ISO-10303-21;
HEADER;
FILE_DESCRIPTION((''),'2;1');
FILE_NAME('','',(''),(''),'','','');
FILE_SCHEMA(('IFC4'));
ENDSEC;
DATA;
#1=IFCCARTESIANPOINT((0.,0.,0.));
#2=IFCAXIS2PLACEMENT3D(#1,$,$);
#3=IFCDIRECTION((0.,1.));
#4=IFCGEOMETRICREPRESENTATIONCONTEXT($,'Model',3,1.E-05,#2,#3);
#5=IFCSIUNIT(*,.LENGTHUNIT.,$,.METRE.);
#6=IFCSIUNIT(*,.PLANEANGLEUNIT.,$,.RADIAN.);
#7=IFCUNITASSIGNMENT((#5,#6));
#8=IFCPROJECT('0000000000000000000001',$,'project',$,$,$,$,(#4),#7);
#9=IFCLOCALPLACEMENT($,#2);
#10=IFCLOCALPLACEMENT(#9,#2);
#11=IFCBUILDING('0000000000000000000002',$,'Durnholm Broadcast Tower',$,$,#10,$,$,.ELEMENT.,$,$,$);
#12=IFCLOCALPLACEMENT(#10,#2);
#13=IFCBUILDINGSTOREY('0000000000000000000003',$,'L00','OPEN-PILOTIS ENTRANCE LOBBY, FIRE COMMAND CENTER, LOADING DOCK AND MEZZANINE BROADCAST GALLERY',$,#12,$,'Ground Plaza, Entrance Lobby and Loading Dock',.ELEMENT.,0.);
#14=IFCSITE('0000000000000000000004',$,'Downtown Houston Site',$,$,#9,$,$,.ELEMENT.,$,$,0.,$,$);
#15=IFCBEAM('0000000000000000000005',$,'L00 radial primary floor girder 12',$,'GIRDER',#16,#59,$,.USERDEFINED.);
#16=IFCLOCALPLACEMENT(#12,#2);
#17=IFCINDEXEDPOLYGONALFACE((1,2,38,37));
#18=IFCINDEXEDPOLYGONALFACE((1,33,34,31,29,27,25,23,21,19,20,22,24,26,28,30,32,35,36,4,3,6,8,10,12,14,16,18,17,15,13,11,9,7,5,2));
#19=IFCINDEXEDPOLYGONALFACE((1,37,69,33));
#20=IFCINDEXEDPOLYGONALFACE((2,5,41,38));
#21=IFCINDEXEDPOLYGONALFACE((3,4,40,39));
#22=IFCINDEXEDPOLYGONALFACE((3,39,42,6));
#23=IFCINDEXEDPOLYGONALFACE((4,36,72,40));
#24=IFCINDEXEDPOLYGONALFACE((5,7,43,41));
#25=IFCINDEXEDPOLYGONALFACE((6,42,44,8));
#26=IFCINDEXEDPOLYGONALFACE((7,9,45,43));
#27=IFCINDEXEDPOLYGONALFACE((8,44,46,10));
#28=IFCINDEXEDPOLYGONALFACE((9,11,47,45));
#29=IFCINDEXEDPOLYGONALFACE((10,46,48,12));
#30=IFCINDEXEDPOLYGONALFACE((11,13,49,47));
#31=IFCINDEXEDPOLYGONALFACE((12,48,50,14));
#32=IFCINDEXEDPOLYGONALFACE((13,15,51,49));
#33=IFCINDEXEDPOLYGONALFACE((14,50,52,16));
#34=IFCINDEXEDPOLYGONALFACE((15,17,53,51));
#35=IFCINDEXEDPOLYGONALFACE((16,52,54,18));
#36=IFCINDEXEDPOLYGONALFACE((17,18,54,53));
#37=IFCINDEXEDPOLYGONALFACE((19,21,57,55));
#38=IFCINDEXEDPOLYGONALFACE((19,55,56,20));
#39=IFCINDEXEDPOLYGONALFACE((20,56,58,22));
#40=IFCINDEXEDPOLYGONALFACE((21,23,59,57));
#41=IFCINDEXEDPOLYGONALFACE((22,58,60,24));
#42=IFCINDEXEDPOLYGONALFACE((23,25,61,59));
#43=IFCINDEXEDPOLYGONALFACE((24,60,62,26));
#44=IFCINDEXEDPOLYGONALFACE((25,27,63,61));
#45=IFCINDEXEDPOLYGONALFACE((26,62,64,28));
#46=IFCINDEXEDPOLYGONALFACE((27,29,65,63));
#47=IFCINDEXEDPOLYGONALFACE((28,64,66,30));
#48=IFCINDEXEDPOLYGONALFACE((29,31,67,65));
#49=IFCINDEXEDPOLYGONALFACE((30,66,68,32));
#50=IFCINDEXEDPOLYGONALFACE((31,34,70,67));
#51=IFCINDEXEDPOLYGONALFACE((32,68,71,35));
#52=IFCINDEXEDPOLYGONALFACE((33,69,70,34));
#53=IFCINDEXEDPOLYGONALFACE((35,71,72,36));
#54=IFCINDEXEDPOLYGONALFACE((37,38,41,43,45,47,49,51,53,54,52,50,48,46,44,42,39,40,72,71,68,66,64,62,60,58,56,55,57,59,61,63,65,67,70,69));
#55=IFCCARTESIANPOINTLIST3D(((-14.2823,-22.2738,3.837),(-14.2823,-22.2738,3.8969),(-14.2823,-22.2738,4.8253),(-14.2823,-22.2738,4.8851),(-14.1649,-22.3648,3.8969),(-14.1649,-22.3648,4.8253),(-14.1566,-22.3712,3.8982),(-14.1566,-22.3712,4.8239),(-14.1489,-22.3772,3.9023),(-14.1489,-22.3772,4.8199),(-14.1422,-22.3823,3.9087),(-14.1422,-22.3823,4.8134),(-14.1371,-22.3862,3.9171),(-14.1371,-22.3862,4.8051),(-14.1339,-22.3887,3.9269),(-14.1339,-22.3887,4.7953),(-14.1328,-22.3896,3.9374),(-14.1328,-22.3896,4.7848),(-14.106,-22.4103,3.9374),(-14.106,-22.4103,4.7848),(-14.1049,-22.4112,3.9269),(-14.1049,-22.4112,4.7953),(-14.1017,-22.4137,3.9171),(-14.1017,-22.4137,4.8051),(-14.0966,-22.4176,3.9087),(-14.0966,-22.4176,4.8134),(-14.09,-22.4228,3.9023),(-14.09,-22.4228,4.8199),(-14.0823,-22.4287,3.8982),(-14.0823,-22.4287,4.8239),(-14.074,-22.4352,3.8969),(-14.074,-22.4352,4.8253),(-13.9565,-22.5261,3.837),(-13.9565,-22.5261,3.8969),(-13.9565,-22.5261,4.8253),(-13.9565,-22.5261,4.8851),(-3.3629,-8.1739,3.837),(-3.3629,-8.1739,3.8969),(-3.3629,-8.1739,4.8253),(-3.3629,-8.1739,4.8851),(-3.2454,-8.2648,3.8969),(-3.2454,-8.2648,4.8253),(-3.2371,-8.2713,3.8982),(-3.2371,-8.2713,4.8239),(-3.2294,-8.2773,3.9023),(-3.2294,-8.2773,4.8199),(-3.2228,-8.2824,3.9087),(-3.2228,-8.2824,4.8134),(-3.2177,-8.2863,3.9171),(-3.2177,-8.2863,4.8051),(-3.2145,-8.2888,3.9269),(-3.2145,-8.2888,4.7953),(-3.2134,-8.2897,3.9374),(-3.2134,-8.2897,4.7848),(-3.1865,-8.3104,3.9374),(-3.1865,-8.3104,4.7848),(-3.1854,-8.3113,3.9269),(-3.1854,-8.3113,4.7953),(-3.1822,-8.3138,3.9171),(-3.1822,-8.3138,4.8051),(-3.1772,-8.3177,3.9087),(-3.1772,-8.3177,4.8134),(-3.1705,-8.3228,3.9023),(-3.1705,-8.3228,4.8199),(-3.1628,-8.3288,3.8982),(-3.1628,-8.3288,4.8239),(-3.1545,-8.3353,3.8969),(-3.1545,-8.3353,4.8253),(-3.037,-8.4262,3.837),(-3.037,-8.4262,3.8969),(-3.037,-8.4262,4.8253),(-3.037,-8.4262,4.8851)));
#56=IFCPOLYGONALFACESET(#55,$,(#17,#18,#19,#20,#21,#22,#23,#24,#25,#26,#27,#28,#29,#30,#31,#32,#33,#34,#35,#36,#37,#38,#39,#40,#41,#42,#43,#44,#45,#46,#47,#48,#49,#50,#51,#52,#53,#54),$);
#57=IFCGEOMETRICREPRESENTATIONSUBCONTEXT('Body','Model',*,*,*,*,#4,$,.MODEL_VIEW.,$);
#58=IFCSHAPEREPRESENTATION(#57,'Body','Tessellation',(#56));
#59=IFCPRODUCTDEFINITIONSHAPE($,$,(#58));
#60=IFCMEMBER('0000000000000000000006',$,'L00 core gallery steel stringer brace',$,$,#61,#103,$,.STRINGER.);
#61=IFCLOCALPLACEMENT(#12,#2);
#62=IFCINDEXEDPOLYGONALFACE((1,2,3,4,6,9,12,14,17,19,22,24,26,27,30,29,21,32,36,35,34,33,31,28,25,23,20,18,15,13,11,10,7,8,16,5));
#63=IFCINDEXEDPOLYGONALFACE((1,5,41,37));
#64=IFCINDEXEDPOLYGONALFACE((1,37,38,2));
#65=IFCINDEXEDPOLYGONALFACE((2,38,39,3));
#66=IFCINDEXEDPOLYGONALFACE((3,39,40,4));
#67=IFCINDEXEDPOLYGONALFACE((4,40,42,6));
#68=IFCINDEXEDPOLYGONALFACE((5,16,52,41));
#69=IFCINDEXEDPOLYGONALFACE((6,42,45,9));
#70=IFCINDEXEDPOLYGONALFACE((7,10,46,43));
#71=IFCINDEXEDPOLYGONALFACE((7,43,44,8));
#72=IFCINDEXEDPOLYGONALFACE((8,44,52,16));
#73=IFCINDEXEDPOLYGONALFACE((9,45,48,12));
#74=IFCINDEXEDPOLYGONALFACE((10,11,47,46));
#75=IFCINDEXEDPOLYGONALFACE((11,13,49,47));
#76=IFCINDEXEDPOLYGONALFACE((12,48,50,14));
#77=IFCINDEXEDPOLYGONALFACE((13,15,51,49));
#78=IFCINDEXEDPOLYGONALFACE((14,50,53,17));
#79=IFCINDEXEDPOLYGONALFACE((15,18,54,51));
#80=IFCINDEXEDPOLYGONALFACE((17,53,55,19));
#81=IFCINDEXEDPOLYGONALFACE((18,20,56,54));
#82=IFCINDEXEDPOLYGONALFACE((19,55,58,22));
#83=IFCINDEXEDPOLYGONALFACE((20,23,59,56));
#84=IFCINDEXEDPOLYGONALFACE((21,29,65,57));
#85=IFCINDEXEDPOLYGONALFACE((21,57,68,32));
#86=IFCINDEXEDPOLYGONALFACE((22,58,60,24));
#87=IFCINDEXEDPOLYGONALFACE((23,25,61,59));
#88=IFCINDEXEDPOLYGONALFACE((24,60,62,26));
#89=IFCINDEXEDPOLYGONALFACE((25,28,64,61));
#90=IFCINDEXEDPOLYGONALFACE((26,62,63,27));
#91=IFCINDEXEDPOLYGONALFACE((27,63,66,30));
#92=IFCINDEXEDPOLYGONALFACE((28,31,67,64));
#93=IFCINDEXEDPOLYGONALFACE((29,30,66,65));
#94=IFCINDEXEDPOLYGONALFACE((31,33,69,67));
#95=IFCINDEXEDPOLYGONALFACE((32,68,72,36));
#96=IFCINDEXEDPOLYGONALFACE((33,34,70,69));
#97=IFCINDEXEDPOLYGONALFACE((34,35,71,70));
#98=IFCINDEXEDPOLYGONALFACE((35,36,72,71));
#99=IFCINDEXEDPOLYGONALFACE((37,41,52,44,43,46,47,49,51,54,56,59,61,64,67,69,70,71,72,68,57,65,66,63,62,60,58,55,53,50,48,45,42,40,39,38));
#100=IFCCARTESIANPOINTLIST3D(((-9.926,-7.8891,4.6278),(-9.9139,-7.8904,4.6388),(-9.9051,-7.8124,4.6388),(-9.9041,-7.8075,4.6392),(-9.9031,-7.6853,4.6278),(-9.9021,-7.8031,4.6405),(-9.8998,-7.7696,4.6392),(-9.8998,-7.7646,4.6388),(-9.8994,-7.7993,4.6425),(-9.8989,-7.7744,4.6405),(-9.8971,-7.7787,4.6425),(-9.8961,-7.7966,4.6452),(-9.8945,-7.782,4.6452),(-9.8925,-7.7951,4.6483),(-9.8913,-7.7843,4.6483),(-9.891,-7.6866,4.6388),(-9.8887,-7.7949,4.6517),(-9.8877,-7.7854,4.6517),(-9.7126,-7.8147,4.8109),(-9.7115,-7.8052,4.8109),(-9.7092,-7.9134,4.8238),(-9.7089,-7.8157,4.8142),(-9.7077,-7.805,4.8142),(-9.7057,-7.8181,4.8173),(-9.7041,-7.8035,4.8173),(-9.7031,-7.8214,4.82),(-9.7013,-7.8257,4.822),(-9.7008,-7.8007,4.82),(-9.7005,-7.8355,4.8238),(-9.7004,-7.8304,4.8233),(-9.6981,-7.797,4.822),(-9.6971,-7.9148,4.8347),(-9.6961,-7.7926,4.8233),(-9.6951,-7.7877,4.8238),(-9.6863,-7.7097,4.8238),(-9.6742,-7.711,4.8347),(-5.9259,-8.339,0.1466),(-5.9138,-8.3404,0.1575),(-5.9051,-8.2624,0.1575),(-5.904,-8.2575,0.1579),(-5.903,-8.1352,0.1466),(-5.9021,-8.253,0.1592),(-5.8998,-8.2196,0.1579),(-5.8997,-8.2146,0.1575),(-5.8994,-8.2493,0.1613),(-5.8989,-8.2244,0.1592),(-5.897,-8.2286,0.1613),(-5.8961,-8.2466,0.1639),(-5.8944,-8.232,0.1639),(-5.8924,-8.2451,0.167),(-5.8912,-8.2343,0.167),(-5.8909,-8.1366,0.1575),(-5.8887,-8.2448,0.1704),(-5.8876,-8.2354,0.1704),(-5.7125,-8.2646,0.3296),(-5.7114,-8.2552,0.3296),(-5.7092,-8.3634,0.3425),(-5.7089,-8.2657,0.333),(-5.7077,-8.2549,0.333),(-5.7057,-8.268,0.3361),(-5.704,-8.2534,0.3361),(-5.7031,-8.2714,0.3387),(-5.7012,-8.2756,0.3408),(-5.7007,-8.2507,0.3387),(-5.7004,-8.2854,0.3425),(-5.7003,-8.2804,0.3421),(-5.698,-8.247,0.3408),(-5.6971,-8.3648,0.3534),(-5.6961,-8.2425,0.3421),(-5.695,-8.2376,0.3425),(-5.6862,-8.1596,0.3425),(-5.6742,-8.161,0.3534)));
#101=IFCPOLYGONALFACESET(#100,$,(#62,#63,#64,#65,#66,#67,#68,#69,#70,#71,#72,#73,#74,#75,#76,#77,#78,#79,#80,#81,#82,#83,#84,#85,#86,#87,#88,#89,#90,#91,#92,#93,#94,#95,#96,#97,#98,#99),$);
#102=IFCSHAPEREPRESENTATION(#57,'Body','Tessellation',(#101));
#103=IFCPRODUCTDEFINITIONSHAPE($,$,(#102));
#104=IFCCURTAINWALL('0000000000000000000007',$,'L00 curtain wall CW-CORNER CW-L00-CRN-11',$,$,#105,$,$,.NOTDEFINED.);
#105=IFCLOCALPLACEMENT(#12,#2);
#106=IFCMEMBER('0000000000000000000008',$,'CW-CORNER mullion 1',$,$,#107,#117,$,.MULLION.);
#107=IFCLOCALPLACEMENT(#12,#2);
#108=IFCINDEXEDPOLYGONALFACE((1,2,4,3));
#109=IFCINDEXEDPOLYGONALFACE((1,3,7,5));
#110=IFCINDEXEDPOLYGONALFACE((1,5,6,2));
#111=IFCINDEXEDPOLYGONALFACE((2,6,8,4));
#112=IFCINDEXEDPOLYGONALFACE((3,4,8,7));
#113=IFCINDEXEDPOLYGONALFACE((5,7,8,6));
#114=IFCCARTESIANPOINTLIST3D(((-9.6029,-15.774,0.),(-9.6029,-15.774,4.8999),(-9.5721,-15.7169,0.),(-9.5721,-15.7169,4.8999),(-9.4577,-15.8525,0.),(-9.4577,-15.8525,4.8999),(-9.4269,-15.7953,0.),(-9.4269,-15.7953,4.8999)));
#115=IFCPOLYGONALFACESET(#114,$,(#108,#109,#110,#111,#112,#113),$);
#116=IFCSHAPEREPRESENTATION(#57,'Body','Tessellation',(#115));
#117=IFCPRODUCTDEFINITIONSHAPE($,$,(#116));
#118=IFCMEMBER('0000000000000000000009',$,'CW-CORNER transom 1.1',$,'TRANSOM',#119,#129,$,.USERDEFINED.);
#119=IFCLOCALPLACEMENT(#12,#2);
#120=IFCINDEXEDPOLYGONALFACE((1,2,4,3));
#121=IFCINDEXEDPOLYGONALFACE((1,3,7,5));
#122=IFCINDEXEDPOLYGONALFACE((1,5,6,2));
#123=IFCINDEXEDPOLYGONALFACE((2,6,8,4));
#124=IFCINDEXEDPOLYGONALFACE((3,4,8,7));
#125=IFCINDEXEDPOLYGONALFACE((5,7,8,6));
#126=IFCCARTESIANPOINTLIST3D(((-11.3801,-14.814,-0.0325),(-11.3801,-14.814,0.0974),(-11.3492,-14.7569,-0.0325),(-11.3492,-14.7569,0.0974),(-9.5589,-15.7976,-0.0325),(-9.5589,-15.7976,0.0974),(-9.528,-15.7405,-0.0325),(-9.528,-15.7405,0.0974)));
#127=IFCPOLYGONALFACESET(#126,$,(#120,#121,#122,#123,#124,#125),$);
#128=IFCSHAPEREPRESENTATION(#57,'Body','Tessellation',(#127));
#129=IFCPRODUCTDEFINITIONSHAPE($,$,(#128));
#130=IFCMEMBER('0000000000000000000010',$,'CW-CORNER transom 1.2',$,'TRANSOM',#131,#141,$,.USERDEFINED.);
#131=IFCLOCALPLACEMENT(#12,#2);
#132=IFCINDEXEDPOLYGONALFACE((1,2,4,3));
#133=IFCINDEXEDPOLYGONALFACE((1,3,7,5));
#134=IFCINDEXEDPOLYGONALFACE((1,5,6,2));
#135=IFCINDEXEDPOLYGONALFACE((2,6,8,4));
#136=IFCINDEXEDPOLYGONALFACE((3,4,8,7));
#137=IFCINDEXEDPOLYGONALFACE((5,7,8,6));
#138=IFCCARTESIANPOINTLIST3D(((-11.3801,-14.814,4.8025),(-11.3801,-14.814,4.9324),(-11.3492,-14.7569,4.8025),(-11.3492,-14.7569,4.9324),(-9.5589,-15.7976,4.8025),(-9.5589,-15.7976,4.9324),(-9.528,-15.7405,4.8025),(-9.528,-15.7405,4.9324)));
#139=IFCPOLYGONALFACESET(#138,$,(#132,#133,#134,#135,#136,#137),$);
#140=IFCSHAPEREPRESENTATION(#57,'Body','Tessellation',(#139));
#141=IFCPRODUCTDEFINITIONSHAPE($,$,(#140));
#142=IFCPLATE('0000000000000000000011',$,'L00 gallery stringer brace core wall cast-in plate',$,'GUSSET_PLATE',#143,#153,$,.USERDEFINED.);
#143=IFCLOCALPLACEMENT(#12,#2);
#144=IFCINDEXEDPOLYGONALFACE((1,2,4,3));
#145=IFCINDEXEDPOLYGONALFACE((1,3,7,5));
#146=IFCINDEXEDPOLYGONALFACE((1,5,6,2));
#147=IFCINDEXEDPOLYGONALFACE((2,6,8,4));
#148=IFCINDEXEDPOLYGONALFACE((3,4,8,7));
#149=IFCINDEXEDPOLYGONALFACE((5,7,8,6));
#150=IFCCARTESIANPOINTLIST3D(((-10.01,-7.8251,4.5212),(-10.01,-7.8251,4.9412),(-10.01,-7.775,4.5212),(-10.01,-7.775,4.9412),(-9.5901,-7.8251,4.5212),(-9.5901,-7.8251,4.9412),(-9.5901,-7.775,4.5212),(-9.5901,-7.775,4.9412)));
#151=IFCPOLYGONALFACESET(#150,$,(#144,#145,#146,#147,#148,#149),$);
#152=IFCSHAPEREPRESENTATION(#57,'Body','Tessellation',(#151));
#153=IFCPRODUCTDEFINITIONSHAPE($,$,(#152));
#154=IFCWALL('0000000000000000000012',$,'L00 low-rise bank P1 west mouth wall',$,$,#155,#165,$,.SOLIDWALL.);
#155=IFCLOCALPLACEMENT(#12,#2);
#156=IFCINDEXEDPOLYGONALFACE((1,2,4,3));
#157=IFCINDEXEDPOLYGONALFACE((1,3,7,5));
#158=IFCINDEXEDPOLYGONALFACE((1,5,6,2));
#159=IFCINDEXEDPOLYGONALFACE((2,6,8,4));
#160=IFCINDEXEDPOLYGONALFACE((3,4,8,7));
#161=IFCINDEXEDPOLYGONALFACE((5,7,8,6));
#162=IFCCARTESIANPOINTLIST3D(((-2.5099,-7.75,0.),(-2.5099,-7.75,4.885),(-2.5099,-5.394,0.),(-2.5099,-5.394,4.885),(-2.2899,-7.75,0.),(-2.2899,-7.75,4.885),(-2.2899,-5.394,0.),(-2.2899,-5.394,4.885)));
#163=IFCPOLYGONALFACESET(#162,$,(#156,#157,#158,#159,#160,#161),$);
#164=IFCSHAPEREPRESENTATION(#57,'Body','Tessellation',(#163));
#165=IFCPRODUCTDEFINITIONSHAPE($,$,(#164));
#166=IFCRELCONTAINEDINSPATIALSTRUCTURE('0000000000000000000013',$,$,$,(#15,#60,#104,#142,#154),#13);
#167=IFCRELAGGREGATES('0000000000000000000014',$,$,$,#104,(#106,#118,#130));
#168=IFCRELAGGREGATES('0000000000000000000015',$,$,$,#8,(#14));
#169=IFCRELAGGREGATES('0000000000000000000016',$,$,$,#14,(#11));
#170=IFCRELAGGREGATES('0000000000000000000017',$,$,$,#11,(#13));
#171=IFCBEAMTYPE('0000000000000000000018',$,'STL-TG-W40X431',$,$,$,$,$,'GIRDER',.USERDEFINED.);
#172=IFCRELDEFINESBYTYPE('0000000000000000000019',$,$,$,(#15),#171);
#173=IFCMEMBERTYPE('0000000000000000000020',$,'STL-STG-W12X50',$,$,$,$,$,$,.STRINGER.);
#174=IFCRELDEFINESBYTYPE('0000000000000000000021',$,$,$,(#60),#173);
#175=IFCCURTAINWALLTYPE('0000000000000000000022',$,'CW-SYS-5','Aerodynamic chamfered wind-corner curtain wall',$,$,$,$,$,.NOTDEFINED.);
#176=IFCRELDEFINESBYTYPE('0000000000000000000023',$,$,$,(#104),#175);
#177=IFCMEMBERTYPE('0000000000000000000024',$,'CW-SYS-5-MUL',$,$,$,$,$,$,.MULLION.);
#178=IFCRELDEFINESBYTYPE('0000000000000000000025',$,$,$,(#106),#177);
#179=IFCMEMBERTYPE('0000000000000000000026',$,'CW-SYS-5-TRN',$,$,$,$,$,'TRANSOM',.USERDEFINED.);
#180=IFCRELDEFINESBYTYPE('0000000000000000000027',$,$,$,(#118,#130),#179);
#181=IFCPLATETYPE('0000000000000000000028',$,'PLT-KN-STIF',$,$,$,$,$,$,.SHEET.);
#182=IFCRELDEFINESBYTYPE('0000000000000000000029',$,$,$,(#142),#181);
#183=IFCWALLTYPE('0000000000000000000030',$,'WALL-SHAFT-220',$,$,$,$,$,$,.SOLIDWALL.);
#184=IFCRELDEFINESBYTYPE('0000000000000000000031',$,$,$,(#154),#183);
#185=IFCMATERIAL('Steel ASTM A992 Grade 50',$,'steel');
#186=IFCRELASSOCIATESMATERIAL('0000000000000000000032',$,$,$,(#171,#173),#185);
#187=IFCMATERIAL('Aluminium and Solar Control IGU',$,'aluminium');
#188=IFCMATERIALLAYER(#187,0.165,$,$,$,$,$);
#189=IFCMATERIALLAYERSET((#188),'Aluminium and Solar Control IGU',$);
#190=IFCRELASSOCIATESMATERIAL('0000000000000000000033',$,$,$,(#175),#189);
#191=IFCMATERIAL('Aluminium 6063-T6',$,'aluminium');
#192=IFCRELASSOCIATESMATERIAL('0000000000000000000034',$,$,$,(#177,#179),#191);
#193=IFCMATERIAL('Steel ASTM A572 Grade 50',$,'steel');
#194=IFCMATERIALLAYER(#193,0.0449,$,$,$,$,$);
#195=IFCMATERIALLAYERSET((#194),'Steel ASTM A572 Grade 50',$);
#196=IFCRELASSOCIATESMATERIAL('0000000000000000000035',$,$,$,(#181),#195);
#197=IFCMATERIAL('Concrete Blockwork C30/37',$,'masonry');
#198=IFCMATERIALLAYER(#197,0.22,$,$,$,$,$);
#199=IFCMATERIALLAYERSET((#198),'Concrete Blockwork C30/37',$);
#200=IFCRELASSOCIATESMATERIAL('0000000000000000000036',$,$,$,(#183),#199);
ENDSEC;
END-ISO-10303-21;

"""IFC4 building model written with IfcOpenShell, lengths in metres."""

from ifc_helpers import new_model, si_unit, direction, frame, frame_2d, origin, origin_2d, place, context, subcontext, project, spatial, rectangle, i_section, extrude, source, transform, mapped, material, layer, layer_set, material_profile, profile_set, type_object, type_shapes, element, aggregate, save


model = new_model("IFC4")

# Units and contexts
model_context = context("Model", 3, precision=1e-05, world=origin(), true_north=direction((0.0, 1.0)))
body_context = subcontext(model_context, "Body", "Model", "MODEL_VIEW")
ifc_project = project(units=[si_unit("LENGTHUNIT", "METRE"), si_unit("PLANEANGLEUNIT", "RADIAN")], contexts=[model_context])

# Site, building, storey
site_placement = place(None, origin())
site = spatial("IfcSite", under=ifc_project, at=site_placement, Name="Downtown Houston Site", CompositionType="ELEMENT", RefElevation=0.0)
building_placement = place(site_placement, origin())
building = spatial("IfcBuilding", under=site, at=building_placement, Name="Durnholm Broadcast Tower", CompositionType="ELEMENT")
storey_placement = place(building_placement, origin())
storey = spatial("IfcBuildingStorey", under=building, at=storey_placement, Name="L00", Description="OPEN-PILOTIS ENTRANCE LOBBY, FIRE COMMAND CENTER, LOADING DOCK AND MEZZANINE BROADCAST GALLERY", LongName="Ground Plaza, Entrance Lobby and Loading Dock", CompositionType="ELEMENT", Elevation=0.0)

# Shared definitions
ifc_material_1 = material(Name="Steel ASTM A992 Grade 50", Category="steel")

# Beam
ifc_material_profile_1 = material_profile(ifc_material_1, i_section(OverallWidth=0.4121, OverallDepth=1.0481, WebThickness=0.0339, FlangeThickness=0.0598, FilletRadius=0.0405, at=origin_2d()), Name="W40X431")
ifc_profile_set_1 = profile_set([ifc_material_profile_1], Name="Steel ASTM A992 Grade 50")
beam_type_1 = type_object("IfcBeamType", Name="STL-TG-W40X431", ElementType="GIRDER", PredefinedType="USERDEFINED", material=ifc_profile_set_1)
shared_shape_1 = source(origin(), body_context, "Body", "SweptSolid", [
    extrude(i_section(OverallWidth=0.4121, OverallDepth=1.0481, WebThickness=0.0339, FlangeThickness=0.0598, FilletRadius=0.0405, at=origin_2d()), origin(), (0.0, 0.0, 1.0), 17.8337),
])
type_shapes(beam_type_1, [shared_shape_1])
beam_1_placement = place(storey_placement, frame((-3.2, -8.3, 4.3611), z_axis=(-0.612293, -0.790631, 0.0), x_axis=(0.790631, -0.612293, 0.0)))
element("IfcBeam", 1, at=beam_1_placement, inside=storey, type_object=beam_type_1, Name="L00 radial primary floor girder 12", ObjectType="GIRDER", PredefinedType="USERDEFINED", context=body_context, shape_type="MappedRepresentation", body=[
    mapped(shared_shape_1, transform((0.0, 0.0, 0.0), x_axis=(1.0, 0.0, 0.0), y_axis=(0.0, 1.0, 0.0), z_axis=(0.0, 0.0, 1.0), scale=1.0)),
])

# Member
ifc_material_profile_2 = material_profile(ifc_material_1, i_section(OverallWidth=0.2051, OverallDepth=0.3096, WebThickness=0.0095, FlangeThickness=0.0164, FilletRadius=0.0193, at=origin_2d()), Name="W12X50")
ifc_profile_set_2 = profile_set([ifc_material_profile_2], Name="Steel ASTM A992 Grade 50")
member_type_1 = type_object("IfcMemberType", Name="STL-STG-W12X50", PredefinedType="STRINGER", material=ifc_profile_set_2)
shared_shape_2 = source(origin(), body_context, "Body", "SweptSolid", [
    extrude(i_section(OverallWidth=0.2051, OverallDepth=0.3096, WebThickness=0.0095, FlangeThickness=0.0164, FilletRadius=0.0193, at=origin_2d()), origin(), (0.0, 0.0, 1.0), 6.0237),
])
type_shapes(member_type_1, [shared_shape_2])
member_1_placement = place(storey_placement, frame((-5.8, -8.25, 0.25), z_axis=(-0.664056, 0.074698, 0.743942), x_axis=(-0.111783, -0.993733, 0.0)))
element("IfcMember", 2, at=member_1_placement, inside=storey, type_object=member_type_1, Name="L00 core gallery steel stringer brace", PredefinedType="STRINGER", context=body_context, shape_type="MappedRepresentation", body=[
    mapped(shared_shape_2, transform((0.0, 0.0, 0.0), x_axis=(1.0, 0.0, 0.0), y_axis=(0.0, 1.0, 0.0), z_axis=(0.0, 0.0, 1.0), scale=1.0)),
])

# Curtain wall, members
ifc_material_2 = material(Name="Aluminium and Solar Control IGU", Category="aluminium")
ifc_layer_1 = layer(ifc_material_2, 0.165)
ifc_layer_set_1 = layer_set([ifc_layer_1], Name="Aluminium and Solar Control IGU")
curtain_wall_type = type_object("IfcCurtainWallType", Name="CW-SYS-5", Description="Aerodynamic chamfered wind-corner curtain wall", PredefinedType="NOTDEFINED", material=ifc_layer_set_1)
curtain_wall_placement = place(storey_placement, origin())
curtain_wall = element("IfcCurtainWall", 3, at=curtain_wall_placement, inside=storey, type_object=curtain_wall_type, Name="L00 curtain wall CW-CORNER CW-L00-CRN-11", PredefinedType="NOTDEFINED")
ifc_material_3 = material(Name="Aluminium 6063-T6", Category="aluminium")
ifc_material_profile_3 = material_profile(ifc_material_3, rectangle(XDim=0.0649, YDim=0.165, at=origin_2d()), Name="CWM65X165")
ifc_profile_set_3 = profile_set([ifc_material_profile_3], Name="Aluminium 6063-T6")
member_type_2 = type_object("IfcMemberType", Name="CW-SYS-5-MUL", PredefinedType="MULLION", material=ifc_profile_set_3)
shared_shape_3 = source(origin(), body_context, "Body", "SweptSolid", [
    extrude(rectangle(XDim=0.0649, YDim=0.165, at=origin_2d()), origin(), (0.0, 0.0, 1.0), 4.8999),
])
type_shapes(member_type_2, [shared_shape_3])
member_2_placement = place(storey_placement, frame((-9.5149, -15.7847, 0.0), z_axis=(0.0, 0.0, 1.0), x_axis=(-0.475227, -0.879863, 0.0)))
member_2 = element("IfcMember", 4, at=member_2_placement, type_object=member_type_2, Name="CW-CORNER mullion 1", PredefinedType="MULLION", context=body_context, shape_type="MappedRepresentation", body=[
    mapped(shared_shape_3, transform((0.0, 0.0, 0.0), x_axis=(1.0, 0.0, 0.0), y_axis=(0.0, 1.0, 0.0), z_axis=(0.0, 0.0, 1.0), scale=1.0)),
])
ifc_material_profile_4 = material_profile(ifc_material_3, rectangle(XDim=0.0649, YDim=0.1299, at=origin_2d()), Name="CWT65X130")
ifc_profile_set_4 = profile_set([ifc_material_profile_4], Name="Aluminium 6063-T6")
member_type_3 = type_object("IfcMemberType", Name="CW-SYS-5-TRN", ElementType="TRANSOM", PredefinedType="USERDEFINED", material=ifc_profile_set_4)
shared_shape_4 = source(origin(), body_context, "Body", "SweptSolid", [
    extrude(rectangle(XDim=0.0649, YDim=0.1299, at=origin_2d()), origin(), (0.0, 0.0, 1.0), 2.0698),
])
type_shapes(member_type_3, [shared_shape_4])
member_3_placement = place(storey_placement, frame((-9.5435, -15.769, 0.0325), z_axis=(-0.879876, 0.475204, 0.0), x_axis=(-0.475204, -0.879876, 0.0)))
member_3 = element("IfcMember", 5, at=member_3_placement, type_object=member_type_3, Name="CW-CORNER transom 1.1", ObjectType="TRANSOM", PredefinedType="USERDEFINED", context=body_context, shape_type="MappedRepresentation", body=[
    mapped(shared_shape_4, transform((0.0, 0.0, 0.0), x_axis=(1.0, 0.0, 0.0), y_axis=(0.0, 1.0, 0.0), z_axis=(0.0, 0.0, 1.0), scale=1.0)),
])
member_4_placement = place(storey_placement, frame((-9.5435, -15.769, 4.8674), z_axis=(-0.879876, 0.475204, 0.0), x_axis=(-0.475204, -0.879876, 0.0)))
member_4 = element("IfcMember", 6, at=member_4_placement, type_object=member_type_3, Name="CW-CORNER transom 1.2", ObjectType="TRANSOM", PredefinedType="USERDEFINED", context=body_context, shape_type="MappedRepresentation", body=[
    mapped(shared_shape_4, transform((0.0, 0.0, 0.0), x_axis=(1.0, 0.0, 0.0), y_axis=(0.0, 1.0, 0.0), z_axis=(0.0, 0.0, 1.0), scale=1.0)),
])
aggregate(curtain_wall, [member_2, member_3, member_4])

# Plate
ifc_material_4 = material(Name="Steel ASTM A572 Grade 50", Category="steel")
ifc_layer_2 = layer(ifc_material_4, 0.0449)
ifc_layer_set_2 = layer_set([ifc_layer_2], Name="Steel ASTM A572 Grade 50")
plate_type = type_object("IfcPlateType", Name="PLT-KN-STIF", PredefinedType="SHEET", material=ifc_layer_set_2)
shared_shape_5 = source(origin(), body_context, "Body", "SweptSolid", [
    extrude(rectangle(XDim=0.4199, YDim=0.05, at=origin_2d()), origin(), (0.0, 0.0, 1.0), 0.4199),
])
type_shapes(plate_type, [shared_shape_5])
plate_placement = place(storey_placement, frame((-9.8, -7.8, 4.5212), z_axis=(0.0, 0.0, 1.0), x_axis=(1.0, 0.0, 0.0)))
element("IfcPlate", 7, at=plate_placement, inside=storey, type_object=plate_type, Name="L00 gallery stringer brace core wall cast-in plate", ObjectType="GUSSET_PLATE", PredefinedType="USERDEFINED", context=body_context, shape_type="MappedRepresentation", body=[
    mapped(shared_shape_5, transform((0.0, 0.0, 0.0), x_axis=(1.0, 0.0, 0.0), y_axis=(0.0, 1.0, 0.0), z_axis=(0.0, 0.0, 1.0), scale=1.0)),
])

# Wall
ifc_material_5 = material(Name="Concrete Blockwork C30/37", Category="masonry")
ifc_layer_3 = layer(ifc_material_5, 0.22)
ifc_layer_set_3 = layer_set([ifc_layer_3], Name="Concrete Blockwork C30/37")
wall_type_1 = type_object("IfcWallType", Name="WALL-SHAFT-220", PredefinedType="SOLIDWALL", material=ifc_layer_set_3)
wall_1_placement = place(storey_placement, frame((-2.3999, -7.75, 0.0), z_axis=(0.0, 0.0, 1.0), x_axis=(0.0, 1.0, 0.0)))
element("IfcWall", 8, at=wall_1_placement, inside=storey, type_object=wall_type_1, Name="L00 low-rise bank P1 west mouth wall", PredefinedType="SOLIDWALL", context=body_context, shape_type="SweptSolid", body=[
    extrude(rectangle(XDim=2.356, YDim=0.22, at=frame_2d((1.178, 0.0))), origin(), (0.0, 0.0, 1.0), 4.885),
])

save(model, "model.ifc")
